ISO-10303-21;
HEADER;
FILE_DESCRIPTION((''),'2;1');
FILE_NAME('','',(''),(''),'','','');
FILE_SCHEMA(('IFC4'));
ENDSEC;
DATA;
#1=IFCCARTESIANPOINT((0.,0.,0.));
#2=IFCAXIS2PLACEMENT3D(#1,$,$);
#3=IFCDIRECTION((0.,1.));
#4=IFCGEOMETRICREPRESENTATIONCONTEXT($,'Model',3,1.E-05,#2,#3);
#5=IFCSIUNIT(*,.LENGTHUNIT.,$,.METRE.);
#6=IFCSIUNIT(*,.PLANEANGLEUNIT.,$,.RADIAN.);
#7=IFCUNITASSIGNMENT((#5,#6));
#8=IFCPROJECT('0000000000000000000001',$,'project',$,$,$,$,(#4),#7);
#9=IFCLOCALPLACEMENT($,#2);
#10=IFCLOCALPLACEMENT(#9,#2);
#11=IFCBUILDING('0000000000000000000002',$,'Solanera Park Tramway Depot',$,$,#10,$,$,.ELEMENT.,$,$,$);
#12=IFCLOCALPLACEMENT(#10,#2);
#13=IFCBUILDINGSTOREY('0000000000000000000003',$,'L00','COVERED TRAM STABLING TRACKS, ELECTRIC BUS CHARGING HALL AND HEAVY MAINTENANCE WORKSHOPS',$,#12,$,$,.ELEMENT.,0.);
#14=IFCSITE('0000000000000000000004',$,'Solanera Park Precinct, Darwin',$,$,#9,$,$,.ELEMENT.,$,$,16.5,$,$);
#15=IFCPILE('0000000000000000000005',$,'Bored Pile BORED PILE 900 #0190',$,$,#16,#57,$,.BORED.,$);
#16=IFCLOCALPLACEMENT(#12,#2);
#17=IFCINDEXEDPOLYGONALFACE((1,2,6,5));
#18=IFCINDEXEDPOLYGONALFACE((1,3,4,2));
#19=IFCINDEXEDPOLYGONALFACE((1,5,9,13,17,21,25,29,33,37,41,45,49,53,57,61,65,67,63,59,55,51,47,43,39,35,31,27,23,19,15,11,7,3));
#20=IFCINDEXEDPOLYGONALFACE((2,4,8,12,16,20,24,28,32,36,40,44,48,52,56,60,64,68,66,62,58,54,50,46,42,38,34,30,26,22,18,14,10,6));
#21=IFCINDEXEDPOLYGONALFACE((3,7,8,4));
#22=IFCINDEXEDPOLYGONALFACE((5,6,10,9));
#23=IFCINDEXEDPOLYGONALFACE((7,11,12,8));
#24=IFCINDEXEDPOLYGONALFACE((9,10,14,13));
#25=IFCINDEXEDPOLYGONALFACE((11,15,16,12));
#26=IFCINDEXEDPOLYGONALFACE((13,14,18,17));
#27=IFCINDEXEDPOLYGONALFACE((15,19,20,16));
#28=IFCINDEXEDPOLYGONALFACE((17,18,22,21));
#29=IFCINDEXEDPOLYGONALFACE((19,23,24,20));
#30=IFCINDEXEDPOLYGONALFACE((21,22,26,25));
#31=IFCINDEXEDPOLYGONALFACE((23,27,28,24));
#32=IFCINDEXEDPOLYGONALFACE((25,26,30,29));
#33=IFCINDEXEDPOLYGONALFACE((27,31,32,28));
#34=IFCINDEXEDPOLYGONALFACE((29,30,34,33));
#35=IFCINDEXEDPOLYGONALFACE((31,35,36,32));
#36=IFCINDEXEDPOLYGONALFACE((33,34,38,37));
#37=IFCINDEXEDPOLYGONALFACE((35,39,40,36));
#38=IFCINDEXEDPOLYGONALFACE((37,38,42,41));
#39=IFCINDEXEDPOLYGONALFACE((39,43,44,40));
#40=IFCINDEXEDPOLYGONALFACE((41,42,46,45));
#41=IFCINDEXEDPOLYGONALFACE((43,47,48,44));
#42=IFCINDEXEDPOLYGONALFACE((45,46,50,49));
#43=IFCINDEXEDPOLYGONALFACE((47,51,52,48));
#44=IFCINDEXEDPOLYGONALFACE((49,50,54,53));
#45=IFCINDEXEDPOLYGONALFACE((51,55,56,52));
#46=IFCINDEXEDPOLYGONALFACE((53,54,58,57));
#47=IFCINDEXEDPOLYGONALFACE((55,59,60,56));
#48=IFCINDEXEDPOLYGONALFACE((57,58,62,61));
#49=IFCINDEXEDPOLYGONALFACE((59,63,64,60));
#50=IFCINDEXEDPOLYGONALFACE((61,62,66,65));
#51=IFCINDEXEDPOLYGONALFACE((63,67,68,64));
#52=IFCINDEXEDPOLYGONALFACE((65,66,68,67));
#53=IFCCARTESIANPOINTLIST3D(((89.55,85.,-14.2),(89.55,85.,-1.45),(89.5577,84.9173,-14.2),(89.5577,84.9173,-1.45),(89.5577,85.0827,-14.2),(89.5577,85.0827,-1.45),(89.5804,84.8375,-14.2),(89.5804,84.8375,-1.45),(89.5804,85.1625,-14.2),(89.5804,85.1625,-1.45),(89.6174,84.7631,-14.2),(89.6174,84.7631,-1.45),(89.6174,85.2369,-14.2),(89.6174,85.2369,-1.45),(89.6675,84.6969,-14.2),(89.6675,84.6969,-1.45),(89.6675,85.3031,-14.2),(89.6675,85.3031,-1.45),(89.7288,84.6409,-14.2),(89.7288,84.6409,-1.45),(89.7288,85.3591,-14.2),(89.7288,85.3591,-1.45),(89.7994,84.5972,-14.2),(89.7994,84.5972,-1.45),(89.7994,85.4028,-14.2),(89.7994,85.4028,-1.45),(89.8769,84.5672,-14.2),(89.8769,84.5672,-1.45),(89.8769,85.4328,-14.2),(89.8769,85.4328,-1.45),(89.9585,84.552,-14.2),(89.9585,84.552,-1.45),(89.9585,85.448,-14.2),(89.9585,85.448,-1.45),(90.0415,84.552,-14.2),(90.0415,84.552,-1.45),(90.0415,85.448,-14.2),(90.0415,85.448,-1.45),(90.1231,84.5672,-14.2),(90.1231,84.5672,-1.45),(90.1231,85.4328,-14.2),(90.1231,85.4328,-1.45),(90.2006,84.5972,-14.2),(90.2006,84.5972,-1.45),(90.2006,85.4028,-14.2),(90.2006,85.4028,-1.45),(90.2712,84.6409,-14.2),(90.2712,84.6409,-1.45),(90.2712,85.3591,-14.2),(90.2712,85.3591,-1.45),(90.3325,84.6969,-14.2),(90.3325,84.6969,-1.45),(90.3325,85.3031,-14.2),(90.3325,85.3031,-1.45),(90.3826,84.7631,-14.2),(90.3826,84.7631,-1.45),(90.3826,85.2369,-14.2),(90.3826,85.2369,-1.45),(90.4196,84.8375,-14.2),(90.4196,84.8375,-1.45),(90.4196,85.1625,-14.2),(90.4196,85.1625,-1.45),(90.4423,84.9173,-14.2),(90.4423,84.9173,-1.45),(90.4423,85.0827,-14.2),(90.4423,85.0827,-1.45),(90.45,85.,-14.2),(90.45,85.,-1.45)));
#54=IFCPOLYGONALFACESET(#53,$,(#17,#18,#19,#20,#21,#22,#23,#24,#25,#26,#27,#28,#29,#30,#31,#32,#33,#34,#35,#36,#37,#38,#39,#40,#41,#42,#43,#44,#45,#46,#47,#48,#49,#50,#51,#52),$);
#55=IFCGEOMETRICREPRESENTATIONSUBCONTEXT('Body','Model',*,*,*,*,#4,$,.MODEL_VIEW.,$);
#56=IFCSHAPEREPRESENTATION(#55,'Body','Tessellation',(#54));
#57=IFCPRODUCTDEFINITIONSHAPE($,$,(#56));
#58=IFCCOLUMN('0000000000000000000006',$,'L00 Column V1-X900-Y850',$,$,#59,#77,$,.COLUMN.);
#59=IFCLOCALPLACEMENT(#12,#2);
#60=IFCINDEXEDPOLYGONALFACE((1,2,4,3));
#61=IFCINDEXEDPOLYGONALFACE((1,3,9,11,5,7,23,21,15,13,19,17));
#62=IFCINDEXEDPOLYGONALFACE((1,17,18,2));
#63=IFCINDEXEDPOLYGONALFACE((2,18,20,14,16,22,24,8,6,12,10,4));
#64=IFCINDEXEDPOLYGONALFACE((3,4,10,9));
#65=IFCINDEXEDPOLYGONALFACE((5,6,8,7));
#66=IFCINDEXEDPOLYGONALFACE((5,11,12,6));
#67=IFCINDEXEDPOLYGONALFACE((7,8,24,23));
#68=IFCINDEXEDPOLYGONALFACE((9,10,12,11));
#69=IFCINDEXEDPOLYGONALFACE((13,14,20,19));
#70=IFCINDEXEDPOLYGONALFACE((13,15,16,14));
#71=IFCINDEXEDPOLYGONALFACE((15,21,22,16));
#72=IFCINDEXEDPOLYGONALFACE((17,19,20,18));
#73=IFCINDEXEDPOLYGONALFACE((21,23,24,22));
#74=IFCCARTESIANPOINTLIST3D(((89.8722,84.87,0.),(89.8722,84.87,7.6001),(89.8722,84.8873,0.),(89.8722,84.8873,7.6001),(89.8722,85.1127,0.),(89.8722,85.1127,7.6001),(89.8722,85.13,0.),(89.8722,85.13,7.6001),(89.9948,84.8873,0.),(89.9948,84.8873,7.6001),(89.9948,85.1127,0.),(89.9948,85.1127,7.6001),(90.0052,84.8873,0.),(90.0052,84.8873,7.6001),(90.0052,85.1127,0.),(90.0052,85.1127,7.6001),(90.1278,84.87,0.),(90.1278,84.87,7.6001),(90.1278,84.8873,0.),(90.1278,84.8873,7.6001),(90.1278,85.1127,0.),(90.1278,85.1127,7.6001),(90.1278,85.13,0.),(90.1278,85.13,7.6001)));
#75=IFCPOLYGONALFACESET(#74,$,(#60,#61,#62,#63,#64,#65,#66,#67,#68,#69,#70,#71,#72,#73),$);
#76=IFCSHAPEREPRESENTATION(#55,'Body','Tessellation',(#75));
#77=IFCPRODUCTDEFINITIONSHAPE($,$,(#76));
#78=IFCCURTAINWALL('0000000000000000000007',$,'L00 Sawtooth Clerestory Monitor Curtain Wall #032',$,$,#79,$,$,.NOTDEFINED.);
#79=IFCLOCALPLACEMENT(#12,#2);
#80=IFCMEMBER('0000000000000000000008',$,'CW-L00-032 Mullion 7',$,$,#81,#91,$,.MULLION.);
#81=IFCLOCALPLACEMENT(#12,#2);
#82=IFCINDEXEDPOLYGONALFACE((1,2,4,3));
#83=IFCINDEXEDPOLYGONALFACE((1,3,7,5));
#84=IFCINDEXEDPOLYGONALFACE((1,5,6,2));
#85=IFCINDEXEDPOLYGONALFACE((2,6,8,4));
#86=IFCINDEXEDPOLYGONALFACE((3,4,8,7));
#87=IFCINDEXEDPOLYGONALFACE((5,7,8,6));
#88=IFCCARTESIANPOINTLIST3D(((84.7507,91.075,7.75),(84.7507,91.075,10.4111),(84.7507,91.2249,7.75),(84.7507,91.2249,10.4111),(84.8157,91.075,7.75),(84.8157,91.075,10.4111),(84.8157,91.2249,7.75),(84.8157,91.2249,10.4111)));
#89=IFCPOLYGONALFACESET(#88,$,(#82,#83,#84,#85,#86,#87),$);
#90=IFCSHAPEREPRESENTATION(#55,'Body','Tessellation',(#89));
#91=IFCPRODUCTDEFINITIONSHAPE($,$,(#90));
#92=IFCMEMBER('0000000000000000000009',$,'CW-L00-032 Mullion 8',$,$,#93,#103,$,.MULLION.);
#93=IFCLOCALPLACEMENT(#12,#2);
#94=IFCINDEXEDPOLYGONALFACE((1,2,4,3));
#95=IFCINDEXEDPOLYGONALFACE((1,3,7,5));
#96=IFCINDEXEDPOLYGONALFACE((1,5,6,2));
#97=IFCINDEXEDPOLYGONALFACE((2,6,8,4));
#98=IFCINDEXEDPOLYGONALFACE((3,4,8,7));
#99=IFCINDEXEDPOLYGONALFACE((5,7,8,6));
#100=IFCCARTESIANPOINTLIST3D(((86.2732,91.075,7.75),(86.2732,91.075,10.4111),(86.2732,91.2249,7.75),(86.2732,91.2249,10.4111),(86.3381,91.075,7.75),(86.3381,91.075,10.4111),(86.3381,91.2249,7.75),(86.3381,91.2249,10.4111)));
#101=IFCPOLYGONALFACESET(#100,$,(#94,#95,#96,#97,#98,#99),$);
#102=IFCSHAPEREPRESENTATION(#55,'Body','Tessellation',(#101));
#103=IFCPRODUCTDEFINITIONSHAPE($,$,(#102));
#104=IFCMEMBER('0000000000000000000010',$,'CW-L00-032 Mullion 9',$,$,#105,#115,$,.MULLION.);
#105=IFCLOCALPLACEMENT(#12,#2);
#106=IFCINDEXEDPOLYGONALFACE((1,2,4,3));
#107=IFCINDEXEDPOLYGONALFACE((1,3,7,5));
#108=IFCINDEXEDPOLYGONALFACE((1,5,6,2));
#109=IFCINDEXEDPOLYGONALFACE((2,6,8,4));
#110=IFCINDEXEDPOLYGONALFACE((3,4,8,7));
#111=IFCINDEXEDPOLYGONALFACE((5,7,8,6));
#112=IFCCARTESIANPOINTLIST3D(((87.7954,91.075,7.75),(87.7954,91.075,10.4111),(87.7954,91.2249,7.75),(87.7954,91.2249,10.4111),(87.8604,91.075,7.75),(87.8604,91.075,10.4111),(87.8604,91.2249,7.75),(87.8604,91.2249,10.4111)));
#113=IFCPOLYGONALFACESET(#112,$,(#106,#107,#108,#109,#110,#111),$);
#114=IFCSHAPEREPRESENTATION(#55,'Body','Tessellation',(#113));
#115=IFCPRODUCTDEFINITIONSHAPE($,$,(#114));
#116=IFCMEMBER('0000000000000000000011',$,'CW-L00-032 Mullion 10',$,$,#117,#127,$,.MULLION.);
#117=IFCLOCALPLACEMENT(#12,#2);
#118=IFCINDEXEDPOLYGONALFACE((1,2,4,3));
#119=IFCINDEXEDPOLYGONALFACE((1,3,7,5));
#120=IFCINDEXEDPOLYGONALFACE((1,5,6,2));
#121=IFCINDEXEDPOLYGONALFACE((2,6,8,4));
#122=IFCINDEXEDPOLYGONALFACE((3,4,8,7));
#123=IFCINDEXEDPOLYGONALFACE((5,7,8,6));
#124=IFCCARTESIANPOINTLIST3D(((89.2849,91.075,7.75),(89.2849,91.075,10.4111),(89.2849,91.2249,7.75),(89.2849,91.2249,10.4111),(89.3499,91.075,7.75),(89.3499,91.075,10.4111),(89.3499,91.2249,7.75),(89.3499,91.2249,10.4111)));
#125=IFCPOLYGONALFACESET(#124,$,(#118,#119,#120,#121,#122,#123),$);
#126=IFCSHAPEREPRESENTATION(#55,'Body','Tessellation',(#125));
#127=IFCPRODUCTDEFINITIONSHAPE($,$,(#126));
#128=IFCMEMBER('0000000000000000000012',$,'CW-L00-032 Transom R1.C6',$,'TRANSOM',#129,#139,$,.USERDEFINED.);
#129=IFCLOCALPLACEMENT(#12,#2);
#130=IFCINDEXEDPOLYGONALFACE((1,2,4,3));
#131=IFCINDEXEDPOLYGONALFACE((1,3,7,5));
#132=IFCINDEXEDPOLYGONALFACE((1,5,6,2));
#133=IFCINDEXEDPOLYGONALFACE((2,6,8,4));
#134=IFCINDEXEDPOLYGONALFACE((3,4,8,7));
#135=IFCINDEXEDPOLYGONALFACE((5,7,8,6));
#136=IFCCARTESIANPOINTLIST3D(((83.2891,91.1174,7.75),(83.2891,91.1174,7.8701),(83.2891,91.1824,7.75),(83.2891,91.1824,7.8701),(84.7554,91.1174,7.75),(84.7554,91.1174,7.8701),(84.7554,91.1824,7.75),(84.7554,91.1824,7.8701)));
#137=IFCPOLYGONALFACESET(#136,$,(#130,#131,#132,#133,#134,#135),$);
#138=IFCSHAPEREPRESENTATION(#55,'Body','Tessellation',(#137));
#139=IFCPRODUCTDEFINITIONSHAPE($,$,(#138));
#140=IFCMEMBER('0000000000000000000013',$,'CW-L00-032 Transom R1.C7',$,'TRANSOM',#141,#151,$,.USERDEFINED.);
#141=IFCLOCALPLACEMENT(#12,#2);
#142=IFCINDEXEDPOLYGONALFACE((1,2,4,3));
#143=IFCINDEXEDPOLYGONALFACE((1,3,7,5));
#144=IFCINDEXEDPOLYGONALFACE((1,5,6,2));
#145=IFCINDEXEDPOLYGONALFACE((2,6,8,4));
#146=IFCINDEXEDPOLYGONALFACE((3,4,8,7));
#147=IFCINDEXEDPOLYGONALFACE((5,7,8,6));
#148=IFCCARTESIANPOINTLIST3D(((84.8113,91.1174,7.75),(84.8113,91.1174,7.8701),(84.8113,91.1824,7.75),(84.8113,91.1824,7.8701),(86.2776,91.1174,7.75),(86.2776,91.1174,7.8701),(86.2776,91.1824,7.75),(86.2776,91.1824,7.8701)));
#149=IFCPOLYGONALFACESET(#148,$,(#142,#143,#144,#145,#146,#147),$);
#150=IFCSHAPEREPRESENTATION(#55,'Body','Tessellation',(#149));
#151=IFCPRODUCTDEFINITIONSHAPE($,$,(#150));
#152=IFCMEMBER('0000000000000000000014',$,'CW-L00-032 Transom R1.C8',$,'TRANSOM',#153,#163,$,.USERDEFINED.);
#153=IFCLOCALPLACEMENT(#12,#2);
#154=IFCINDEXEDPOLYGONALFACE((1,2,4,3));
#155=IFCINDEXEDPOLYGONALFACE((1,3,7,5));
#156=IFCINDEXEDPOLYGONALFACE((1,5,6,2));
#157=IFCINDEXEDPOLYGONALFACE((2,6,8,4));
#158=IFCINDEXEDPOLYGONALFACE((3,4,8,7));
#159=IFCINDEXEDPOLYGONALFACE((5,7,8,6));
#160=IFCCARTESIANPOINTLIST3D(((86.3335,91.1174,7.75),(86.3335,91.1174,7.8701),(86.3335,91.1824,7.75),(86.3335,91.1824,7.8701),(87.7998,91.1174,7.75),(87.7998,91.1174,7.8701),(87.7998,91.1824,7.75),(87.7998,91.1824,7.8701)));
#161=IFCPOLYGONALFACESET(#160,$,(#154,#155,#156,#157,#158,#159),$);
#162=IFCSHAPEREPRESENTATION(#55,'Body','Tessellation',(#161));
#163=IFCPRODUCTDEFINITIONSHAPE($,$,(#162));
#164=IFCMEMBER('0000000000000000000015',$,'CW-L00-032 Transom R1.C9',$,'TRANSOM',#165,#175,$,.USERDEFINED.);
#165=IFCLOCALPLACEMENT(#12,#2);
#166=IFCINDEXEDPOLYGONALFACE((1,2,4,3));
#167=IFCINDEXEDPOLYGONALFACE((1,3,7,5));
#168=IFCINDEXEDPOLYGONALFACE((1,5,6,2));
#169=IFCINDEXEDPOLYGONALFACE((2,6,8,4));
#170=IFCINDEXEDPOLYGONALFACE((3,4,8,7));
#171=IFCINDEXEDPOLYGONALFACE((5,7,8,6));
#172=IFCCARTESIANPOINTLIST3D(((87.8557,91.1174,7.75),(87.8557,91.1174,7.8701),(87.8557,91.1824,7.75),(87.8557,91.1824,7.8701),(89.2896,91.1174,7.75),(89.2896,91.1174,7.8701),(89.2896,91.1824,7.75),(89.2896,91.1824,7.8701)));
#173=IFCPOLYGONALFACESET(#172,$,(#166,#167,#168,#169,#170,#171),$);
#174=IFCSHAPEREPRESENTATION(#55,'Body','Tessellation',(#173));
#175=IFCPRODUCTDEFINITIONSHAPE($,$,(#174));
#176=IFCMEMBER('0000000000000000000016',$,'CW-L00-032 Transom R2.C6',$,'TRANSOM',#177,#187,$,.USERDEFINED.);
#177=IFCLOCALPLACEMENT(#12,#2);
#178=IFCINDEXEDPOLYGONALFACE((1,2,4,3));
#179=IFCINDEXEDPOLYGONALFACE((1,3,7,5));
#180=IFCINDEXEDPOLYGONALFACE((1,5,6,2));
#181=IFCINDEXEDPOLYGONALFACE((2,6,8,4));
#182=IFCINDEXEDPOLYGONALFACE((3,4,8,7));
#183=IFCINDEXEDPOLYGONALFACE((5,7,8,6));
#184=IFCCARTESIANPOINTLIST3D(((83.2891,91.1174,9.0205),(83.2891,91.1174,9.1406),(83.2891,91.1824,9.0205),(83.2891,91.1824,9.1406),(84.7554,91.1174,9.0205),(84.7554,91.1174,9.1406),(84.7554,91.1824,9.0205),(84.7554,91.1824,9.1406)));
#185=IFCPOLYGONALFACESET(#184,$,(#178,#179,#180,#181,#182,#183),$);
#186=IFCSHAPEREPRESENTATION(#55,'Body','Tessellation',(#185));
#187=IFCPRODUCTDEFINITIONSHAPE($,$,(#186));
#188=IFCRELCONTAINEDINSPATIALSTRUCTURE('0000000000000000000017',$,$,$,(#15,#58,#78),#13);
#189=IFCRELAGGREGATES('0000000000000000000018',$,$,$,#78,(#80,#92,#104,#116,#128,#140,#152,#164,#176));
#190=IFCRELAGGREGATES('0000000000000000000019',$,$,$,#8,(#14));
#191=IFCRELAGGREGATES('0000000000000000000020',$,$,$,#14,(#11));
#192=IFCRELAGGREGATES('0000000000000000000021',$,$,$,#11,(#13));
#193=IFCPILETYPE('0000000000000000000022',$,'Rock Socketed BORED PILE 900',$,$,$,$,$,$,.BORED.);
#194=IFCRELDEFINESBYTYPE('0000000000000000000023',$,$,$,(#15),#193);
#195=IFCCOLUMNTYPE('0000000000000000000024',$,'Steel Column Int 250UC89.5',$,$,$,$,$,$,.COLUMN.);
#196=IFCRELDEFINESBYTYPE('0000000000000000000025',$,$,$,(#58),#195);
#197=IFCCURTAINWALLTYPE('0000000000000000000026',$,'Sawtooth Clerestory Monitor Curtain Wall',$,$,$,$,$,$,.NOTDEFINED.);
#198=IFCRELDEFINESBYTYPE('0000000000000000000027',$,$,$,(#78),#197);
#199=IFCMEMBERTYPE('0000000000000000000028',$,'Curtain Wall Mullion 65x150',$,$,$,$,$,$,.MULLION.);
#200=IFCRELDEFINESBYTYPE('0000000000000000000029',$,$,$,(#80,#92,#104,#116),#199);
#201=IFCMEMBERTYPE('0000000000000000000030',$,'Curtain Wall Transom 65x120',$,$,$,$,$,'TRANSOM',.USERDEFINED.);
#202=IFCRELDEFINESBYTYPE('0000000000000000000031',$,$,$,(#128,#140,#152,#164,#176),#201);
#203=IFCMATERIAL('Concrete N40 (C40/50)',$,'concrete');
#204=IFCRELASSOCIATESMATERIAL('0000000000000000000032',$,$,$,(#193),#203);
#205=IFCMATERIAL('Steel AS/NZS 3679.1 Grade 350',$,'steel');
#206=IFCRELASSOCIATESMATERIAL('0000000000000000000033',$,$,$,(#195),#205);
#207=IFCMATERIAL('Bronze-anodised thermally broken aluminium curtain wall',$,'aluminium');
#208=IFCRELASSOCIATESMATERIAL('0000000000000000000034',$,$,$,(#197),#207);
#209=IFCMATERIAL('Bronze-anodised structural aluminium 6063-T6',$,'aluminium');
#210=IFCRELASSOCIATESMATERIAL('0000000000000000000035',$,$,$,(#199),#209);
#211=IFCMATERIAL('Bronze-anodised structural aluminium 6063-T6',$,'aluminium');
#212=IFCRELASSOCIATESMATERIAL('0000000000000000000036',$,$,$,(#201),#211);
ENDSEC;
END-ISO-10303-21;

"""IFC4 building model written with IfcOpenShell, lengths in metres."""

from ifc_helpers import new_model, si_unit, direction, frame, origin, origin_2d, place, context, subcontext, project, spatial, rectangle, circle, i_section, extrude, material, material_profile, profile_set, type_object, element, aggregate, save


model = new_model("IFC4")

# Units and contexts
model_context = context("Model", 3, precision=1e-05, world=origin(), true_north=direction((0.0, 1.0)))
body_context = subcontext(model_context, "Body", "Model", "MODEL_VIEW")
ifc_project = project(units=[si_unit("LENGTHUNIT", "METRE"), si_unit("PLANEANGLEUNIT", "RADIAN")], contexts=[model_context])

# Site, building, storey
site_placement = place(None, origin())
site = spatial("IfcSite", under=ifc_project, at=site_placement, Name="Solanera Park Precinct, Darwin", CompositionType="ELEMENT", RefElevation=16.5)
building_placement = place(site_placement, origin())
building = spatial("IfcBuilding", under=site, at=building_placement, Name="Solanera Park Tramway Depot", CompositionType="ELEMENT")
storey_placement = place(building_placement, origin())
storey = spatial("IfcBuildingStorey", under=building, at=storey_placement, Name="L00", Description="COVERED TRAM STABLING TRACKS, ELECTRIC BUS CHARGING HALL AND HEAVY MAINTENANCE WORKSHOPS", CompositionType="ELEMENT", Elevation=0.0)

# Pile
ifc_material_1 = material(Name="Concrete N40 (C40/50)", Category="concrete")
ifc_material_profile_1 = material_profile(ifc_material_1, circle(Radius=0.45, at=origin_2d()), Name="BORED PILE 900")
ifc_profile_set_1 = profile_set([ifc_material_profile_1], Name="Concrete N40 (C40/50)")
pile_type = type_object("IfcPileType", Name="Rock Socketed BORED PILE 900", PredefinedType="BORED", material=ifc_profile_set_1)
pile_placement = place(storey_placement, frame((90.0, 85.0, -1.45), z_axis=(0.0, 0.0, -1.0), x_axis=(1.0, 0.0, 0.0)))
element("IfcPile", 1, at=pile_placement, inside=storey, type_object=pile_type, Name="Bored Pile BORED PILE 900 #0190", PredefinedType="BORED", context=body_context, shape_type="SweptSolid", body=[
    extrude(circle(Radius=0.45, at=origin_2d()), origin(), (0.0, 0.0, 1.0), 12.75),
])

# Column
ifc_material_2 = material(Name="Steel AS/NZS 3679.1 Grade 350", Category="steel")
ifc_material_profile_2 = material_profile(ifc_material_2, i_section(OverallWidth=0.2556, OverallDepth=0.26, WebThickness=0.0105, FlangeThickness=0.0173, at=origin_2d()), Name="250UC89.5")
ifc_profile_set_2 = profile_set([ifc_material_profile_2], Name="Steel AS/NZS 3679.1 Grade 350")
column_type = type_object("IfcColumnType", Name="Steel Column Int 250UC89.5", PredefinedType="COLUMN", material=ifc_profile_set_2)
column_placement = place(storey_placement, frame((90.0, 85.0, 0.0), z_axis=(0.0, 0.0, 1.0), x_axis=(1.0, 0.0, 0.0)))
element("IfcColumn", 2, at=column_placement, inside=storey, type_object=column_type, Name="L00 Column V1-X900-Y850", PredefinedType="COLUMN", context=body_context, shape_type="SweptSolid", body=[
    extrude(i_section(OverallWidth=0.2556, OverallDepth=0.26, WebThickness=0.0105, FlangeThickness=0.0173, at=origin_2d()), origin(), (0.0, 0.0, 1.0), 7.6001),
])

# Curtain wall, members
ifc_material_3 = material(Name="Bronze-anodised thermally broken aluminium curtain wall", Category="aluminium")
curtain_wall_type = type_object("IfcCurtainWallType", Name="Sawtooth Clerestory Monitor Curtain Wall", PredefinedType="NOTDEFINED", material=ifc_material_3)
curtain_wall_placement = place(storey_placement, origin())
curtain_wall = element("IfcCurtainWall", 3, at=curtain_wall_placement, inside=storey, type_object=curtain_wall_type, Name="L00 Sawtooth Clerestory Monitor Curtain Wall #032", PredefinedType="NOTDEFINED")
ifc_material_4 = material(Name="Bronze-anodised structural aluminium 6063-T6", Category="aluminium")
ifc_material_profile_3 = material_profile(ifc_material_4, rectangle(XDim=0.0649, YDim=0.1499, at=origin_2d()), Name="Curtain Wall Mullion 65x150")
ifc_profile_set_3 = profile_set([ifc_material_profile_3], Name="Bronze-anodised structural aluminium 6063-T6")
member_type_1 = type_object("IfcMemberType", Name="Curtain Wall Mullion 65x150", PredefinedType="MULLION", material=ifc_profile_set_3)
member_1_placement = place(storey_placement, frame((84.7832, 91.1499, 7.75), z_axis=(0.0, 0.0, 1.0), x_axis=(1.0, 0.0, 0.0)))
member_1 = element("IfcMember", 4, at=member_1_placement, type_object=member_type_1, Name="CW-L00-032 Mullion 7", PredefinedType="MULLION", context=body_context, shape_type="SweptSolid", body=[
    extrude(rectangle(XDim=0.0649, YDim=0.1499, at=origin_2d()), origin(), (0.0, 0.0, 1.0), 2.6611),
])
member_2_placement = place(storey_placement, frame((86.3057, 91.1499, 7.75), z_axis=(0.0, 0.0, 1.0), x_axis=(1.0, 0.0, 0.0)))
member_2 = element("IfcMember", 5, at=member_2_placement, type_object=member_type_1, Name="CW-L00-032 Mullion 8", PredefinedType="MULLION", context=body_context, shape_type="SweptSolid", body=[
    extrude(rectangle(XDim=0.0649, YDim=0.1499, at=origin_2d()), origin(), (0.0, 0.0, 1.0), 2.6611),
])
member_3_placement = place(storey_placement, frame((87.8279, 91.1499, 7.75), z_axis=(0.0, 0.0, 1.0), x_axis=(1.0, 0.0, 0.0)))
member_3 = element("IfcMember", 6, at=member_3_placement, type_object=member_type_1, Name="CW-L00-032 Mullion 9", PredefinedType="MULLION", context=body_context, shape_type="SweptSolid", body=[
    extrude(rectangle(XDim=0.0649, YDim=0.1499, at=origin_2d()), origin(), (0.0, 0.0, 1.0), 2.6611),
])
member_4_placement = place(storey_placement, frame((89.3174, 91.1499, 7.75), z_axis=(0.0, 0.0, 1.0), x_axis=(1.0, 0.0, 0.0)))
member_4 = element("IfcMember", 7, at=member_4_placement, type_object=member_type_1, Name="CW-L00-032 Mullion 10", PredefinedType="MULLION", context=body_context, shape_type="SweptSolid", body=[
    extrude(rectangle(XDim=0.0649, YDim=0.1499, at=origin_2d()), origin(), (0.0, 0.0, 1.0), 2.6611),
])
ifc_material_5 = material(Name="Bronze-anodised structural aluminium 6063-T6", Category="aluminium")
ifc_material_profile_4 = material_profile(ifc_material_5, rectangle(XDim=0.0649, YDim=0.1201, at=origin_2d()), Name="Curtain Wall Transom 65x120")
ifc_profile_set_4 = profile_set([ifc_material_profile_4], Name="Bronze-anodised structural aluminium 6063-T6")
member_type_2 = type_object("IfcMemberType", Name="Curtain Wall Transom 65x120", ElementType="TRANSOM", PredefinedType="USERDEFINED", material=ifc_profile_set_4)
member_5_placement = place(storey_placement, frame((83.2891, 91.1499, 7.8101), z_axis=(1.0, 0.0, 0.0), x_axis=(0.0, 1.0, 0.0)))
member_5 = element("IfcMember", 8, at=member_5_placement, type_object=member_type_2, Name="CW-L00-032 Transom R1.C6", ObjectType="TRANSOM", PredefinedType="USERDEFINED", context=body_context, shape_type="SweptSolid", body=[
    extrude(rectangle(XDim=0.0649, YDim=0.1201, at=origin_2d()), origin(), (0.0, 0.0, 1.0), 1.4663),
])
member_6_placement = place(storey_placement, frame((84.8113, 91.1499, 7.8101), z_axis=(1.0, 0.0, 0.0), x_axis=(0.0, 1.0, 0.0)))
member_6 = element("IfcMember", 9, at=member_6_placement, type_object=member_type_2, Name="CW-L00-032 Transom R1.C7", ObjectType="TRANSOM", PredefinedType="USERDEFINED", context=body_context, shape_type="SweptSolid", body=[
    extrude(rectangle(XDim=0.0649, YDim=0.1201, at=origin_2d()), origin(), (0.0, 0.0, 1.0), 1.4663),
])
member_7_placement = place(storey_placement, frame((86.3335, 91.1499, 7.8101), z_axis=(1.0, 0.0, 0.0), x_axis=(0.0, 1.0, 0.0)))
member_7 = element("IfcMember", 10, at=member_7_placement, type_object=member_type_2, Name="CW-L00-032 Transom R1.C8", ObjectType="TRANSOM", PredefinedType="USERDEFINED", context=body_context, shape_type="SweptSolid", body=[
    extrude(rectangle(XDim=0.0649, YDim=0.1201, at=origin_2d()), origin(), (0.0, 0.0, 1.0), 1.4663),
])
member_8_placement = place(storey_placement, frame((87.8557, 91.1499, 7.8101), z_axis=(1.0, 0.0, 0.0), x_axis=(0.0, 1.0, 0.0)))
member_8 = element("IfcMember", 11, at=member_8_placement, type_object=member_type_2, Name="CW-L00-032 Transom R1.C9", ObjectType="TRANSOM", PredefinedType="USERDEFINED", context=body_context, shape_type="SweptSolid", body=[
    extrude(rectangle(XDim=0.0649, YDim=0.1201, at=origin_2d()), origin(), (0.0, 0.0, 1.0), 1.4338),
])
member_9_placement = place(storey_placement, frame((83.2891, 91.1499, 9.0806), z_axis=(1.0, 0.0, 0.0), x_axis=(0.0, 1.0, 0.0)))
member_9 = element("IfcMember", 12, at=member_9_placement, type_object=member_type_2, Name="CW-L00-032 Transom R2.C6", ObjectType="TRANSOM", PredefinedType="USERDEFINED", context=body_context, shape_type="SweptSolid", body=[
    extrude(rectangle(XDim=0.0649, YDim=0.1201, at=origin_2d()), origin(), (0.0, 0.0, 1.0), 1.4663),
])

aggregate(curtain_wall, [member_1, member_2, member_3, member_4, member_5, member_6, member_7, member_8, member_9])

save(model, "model.ifc")
